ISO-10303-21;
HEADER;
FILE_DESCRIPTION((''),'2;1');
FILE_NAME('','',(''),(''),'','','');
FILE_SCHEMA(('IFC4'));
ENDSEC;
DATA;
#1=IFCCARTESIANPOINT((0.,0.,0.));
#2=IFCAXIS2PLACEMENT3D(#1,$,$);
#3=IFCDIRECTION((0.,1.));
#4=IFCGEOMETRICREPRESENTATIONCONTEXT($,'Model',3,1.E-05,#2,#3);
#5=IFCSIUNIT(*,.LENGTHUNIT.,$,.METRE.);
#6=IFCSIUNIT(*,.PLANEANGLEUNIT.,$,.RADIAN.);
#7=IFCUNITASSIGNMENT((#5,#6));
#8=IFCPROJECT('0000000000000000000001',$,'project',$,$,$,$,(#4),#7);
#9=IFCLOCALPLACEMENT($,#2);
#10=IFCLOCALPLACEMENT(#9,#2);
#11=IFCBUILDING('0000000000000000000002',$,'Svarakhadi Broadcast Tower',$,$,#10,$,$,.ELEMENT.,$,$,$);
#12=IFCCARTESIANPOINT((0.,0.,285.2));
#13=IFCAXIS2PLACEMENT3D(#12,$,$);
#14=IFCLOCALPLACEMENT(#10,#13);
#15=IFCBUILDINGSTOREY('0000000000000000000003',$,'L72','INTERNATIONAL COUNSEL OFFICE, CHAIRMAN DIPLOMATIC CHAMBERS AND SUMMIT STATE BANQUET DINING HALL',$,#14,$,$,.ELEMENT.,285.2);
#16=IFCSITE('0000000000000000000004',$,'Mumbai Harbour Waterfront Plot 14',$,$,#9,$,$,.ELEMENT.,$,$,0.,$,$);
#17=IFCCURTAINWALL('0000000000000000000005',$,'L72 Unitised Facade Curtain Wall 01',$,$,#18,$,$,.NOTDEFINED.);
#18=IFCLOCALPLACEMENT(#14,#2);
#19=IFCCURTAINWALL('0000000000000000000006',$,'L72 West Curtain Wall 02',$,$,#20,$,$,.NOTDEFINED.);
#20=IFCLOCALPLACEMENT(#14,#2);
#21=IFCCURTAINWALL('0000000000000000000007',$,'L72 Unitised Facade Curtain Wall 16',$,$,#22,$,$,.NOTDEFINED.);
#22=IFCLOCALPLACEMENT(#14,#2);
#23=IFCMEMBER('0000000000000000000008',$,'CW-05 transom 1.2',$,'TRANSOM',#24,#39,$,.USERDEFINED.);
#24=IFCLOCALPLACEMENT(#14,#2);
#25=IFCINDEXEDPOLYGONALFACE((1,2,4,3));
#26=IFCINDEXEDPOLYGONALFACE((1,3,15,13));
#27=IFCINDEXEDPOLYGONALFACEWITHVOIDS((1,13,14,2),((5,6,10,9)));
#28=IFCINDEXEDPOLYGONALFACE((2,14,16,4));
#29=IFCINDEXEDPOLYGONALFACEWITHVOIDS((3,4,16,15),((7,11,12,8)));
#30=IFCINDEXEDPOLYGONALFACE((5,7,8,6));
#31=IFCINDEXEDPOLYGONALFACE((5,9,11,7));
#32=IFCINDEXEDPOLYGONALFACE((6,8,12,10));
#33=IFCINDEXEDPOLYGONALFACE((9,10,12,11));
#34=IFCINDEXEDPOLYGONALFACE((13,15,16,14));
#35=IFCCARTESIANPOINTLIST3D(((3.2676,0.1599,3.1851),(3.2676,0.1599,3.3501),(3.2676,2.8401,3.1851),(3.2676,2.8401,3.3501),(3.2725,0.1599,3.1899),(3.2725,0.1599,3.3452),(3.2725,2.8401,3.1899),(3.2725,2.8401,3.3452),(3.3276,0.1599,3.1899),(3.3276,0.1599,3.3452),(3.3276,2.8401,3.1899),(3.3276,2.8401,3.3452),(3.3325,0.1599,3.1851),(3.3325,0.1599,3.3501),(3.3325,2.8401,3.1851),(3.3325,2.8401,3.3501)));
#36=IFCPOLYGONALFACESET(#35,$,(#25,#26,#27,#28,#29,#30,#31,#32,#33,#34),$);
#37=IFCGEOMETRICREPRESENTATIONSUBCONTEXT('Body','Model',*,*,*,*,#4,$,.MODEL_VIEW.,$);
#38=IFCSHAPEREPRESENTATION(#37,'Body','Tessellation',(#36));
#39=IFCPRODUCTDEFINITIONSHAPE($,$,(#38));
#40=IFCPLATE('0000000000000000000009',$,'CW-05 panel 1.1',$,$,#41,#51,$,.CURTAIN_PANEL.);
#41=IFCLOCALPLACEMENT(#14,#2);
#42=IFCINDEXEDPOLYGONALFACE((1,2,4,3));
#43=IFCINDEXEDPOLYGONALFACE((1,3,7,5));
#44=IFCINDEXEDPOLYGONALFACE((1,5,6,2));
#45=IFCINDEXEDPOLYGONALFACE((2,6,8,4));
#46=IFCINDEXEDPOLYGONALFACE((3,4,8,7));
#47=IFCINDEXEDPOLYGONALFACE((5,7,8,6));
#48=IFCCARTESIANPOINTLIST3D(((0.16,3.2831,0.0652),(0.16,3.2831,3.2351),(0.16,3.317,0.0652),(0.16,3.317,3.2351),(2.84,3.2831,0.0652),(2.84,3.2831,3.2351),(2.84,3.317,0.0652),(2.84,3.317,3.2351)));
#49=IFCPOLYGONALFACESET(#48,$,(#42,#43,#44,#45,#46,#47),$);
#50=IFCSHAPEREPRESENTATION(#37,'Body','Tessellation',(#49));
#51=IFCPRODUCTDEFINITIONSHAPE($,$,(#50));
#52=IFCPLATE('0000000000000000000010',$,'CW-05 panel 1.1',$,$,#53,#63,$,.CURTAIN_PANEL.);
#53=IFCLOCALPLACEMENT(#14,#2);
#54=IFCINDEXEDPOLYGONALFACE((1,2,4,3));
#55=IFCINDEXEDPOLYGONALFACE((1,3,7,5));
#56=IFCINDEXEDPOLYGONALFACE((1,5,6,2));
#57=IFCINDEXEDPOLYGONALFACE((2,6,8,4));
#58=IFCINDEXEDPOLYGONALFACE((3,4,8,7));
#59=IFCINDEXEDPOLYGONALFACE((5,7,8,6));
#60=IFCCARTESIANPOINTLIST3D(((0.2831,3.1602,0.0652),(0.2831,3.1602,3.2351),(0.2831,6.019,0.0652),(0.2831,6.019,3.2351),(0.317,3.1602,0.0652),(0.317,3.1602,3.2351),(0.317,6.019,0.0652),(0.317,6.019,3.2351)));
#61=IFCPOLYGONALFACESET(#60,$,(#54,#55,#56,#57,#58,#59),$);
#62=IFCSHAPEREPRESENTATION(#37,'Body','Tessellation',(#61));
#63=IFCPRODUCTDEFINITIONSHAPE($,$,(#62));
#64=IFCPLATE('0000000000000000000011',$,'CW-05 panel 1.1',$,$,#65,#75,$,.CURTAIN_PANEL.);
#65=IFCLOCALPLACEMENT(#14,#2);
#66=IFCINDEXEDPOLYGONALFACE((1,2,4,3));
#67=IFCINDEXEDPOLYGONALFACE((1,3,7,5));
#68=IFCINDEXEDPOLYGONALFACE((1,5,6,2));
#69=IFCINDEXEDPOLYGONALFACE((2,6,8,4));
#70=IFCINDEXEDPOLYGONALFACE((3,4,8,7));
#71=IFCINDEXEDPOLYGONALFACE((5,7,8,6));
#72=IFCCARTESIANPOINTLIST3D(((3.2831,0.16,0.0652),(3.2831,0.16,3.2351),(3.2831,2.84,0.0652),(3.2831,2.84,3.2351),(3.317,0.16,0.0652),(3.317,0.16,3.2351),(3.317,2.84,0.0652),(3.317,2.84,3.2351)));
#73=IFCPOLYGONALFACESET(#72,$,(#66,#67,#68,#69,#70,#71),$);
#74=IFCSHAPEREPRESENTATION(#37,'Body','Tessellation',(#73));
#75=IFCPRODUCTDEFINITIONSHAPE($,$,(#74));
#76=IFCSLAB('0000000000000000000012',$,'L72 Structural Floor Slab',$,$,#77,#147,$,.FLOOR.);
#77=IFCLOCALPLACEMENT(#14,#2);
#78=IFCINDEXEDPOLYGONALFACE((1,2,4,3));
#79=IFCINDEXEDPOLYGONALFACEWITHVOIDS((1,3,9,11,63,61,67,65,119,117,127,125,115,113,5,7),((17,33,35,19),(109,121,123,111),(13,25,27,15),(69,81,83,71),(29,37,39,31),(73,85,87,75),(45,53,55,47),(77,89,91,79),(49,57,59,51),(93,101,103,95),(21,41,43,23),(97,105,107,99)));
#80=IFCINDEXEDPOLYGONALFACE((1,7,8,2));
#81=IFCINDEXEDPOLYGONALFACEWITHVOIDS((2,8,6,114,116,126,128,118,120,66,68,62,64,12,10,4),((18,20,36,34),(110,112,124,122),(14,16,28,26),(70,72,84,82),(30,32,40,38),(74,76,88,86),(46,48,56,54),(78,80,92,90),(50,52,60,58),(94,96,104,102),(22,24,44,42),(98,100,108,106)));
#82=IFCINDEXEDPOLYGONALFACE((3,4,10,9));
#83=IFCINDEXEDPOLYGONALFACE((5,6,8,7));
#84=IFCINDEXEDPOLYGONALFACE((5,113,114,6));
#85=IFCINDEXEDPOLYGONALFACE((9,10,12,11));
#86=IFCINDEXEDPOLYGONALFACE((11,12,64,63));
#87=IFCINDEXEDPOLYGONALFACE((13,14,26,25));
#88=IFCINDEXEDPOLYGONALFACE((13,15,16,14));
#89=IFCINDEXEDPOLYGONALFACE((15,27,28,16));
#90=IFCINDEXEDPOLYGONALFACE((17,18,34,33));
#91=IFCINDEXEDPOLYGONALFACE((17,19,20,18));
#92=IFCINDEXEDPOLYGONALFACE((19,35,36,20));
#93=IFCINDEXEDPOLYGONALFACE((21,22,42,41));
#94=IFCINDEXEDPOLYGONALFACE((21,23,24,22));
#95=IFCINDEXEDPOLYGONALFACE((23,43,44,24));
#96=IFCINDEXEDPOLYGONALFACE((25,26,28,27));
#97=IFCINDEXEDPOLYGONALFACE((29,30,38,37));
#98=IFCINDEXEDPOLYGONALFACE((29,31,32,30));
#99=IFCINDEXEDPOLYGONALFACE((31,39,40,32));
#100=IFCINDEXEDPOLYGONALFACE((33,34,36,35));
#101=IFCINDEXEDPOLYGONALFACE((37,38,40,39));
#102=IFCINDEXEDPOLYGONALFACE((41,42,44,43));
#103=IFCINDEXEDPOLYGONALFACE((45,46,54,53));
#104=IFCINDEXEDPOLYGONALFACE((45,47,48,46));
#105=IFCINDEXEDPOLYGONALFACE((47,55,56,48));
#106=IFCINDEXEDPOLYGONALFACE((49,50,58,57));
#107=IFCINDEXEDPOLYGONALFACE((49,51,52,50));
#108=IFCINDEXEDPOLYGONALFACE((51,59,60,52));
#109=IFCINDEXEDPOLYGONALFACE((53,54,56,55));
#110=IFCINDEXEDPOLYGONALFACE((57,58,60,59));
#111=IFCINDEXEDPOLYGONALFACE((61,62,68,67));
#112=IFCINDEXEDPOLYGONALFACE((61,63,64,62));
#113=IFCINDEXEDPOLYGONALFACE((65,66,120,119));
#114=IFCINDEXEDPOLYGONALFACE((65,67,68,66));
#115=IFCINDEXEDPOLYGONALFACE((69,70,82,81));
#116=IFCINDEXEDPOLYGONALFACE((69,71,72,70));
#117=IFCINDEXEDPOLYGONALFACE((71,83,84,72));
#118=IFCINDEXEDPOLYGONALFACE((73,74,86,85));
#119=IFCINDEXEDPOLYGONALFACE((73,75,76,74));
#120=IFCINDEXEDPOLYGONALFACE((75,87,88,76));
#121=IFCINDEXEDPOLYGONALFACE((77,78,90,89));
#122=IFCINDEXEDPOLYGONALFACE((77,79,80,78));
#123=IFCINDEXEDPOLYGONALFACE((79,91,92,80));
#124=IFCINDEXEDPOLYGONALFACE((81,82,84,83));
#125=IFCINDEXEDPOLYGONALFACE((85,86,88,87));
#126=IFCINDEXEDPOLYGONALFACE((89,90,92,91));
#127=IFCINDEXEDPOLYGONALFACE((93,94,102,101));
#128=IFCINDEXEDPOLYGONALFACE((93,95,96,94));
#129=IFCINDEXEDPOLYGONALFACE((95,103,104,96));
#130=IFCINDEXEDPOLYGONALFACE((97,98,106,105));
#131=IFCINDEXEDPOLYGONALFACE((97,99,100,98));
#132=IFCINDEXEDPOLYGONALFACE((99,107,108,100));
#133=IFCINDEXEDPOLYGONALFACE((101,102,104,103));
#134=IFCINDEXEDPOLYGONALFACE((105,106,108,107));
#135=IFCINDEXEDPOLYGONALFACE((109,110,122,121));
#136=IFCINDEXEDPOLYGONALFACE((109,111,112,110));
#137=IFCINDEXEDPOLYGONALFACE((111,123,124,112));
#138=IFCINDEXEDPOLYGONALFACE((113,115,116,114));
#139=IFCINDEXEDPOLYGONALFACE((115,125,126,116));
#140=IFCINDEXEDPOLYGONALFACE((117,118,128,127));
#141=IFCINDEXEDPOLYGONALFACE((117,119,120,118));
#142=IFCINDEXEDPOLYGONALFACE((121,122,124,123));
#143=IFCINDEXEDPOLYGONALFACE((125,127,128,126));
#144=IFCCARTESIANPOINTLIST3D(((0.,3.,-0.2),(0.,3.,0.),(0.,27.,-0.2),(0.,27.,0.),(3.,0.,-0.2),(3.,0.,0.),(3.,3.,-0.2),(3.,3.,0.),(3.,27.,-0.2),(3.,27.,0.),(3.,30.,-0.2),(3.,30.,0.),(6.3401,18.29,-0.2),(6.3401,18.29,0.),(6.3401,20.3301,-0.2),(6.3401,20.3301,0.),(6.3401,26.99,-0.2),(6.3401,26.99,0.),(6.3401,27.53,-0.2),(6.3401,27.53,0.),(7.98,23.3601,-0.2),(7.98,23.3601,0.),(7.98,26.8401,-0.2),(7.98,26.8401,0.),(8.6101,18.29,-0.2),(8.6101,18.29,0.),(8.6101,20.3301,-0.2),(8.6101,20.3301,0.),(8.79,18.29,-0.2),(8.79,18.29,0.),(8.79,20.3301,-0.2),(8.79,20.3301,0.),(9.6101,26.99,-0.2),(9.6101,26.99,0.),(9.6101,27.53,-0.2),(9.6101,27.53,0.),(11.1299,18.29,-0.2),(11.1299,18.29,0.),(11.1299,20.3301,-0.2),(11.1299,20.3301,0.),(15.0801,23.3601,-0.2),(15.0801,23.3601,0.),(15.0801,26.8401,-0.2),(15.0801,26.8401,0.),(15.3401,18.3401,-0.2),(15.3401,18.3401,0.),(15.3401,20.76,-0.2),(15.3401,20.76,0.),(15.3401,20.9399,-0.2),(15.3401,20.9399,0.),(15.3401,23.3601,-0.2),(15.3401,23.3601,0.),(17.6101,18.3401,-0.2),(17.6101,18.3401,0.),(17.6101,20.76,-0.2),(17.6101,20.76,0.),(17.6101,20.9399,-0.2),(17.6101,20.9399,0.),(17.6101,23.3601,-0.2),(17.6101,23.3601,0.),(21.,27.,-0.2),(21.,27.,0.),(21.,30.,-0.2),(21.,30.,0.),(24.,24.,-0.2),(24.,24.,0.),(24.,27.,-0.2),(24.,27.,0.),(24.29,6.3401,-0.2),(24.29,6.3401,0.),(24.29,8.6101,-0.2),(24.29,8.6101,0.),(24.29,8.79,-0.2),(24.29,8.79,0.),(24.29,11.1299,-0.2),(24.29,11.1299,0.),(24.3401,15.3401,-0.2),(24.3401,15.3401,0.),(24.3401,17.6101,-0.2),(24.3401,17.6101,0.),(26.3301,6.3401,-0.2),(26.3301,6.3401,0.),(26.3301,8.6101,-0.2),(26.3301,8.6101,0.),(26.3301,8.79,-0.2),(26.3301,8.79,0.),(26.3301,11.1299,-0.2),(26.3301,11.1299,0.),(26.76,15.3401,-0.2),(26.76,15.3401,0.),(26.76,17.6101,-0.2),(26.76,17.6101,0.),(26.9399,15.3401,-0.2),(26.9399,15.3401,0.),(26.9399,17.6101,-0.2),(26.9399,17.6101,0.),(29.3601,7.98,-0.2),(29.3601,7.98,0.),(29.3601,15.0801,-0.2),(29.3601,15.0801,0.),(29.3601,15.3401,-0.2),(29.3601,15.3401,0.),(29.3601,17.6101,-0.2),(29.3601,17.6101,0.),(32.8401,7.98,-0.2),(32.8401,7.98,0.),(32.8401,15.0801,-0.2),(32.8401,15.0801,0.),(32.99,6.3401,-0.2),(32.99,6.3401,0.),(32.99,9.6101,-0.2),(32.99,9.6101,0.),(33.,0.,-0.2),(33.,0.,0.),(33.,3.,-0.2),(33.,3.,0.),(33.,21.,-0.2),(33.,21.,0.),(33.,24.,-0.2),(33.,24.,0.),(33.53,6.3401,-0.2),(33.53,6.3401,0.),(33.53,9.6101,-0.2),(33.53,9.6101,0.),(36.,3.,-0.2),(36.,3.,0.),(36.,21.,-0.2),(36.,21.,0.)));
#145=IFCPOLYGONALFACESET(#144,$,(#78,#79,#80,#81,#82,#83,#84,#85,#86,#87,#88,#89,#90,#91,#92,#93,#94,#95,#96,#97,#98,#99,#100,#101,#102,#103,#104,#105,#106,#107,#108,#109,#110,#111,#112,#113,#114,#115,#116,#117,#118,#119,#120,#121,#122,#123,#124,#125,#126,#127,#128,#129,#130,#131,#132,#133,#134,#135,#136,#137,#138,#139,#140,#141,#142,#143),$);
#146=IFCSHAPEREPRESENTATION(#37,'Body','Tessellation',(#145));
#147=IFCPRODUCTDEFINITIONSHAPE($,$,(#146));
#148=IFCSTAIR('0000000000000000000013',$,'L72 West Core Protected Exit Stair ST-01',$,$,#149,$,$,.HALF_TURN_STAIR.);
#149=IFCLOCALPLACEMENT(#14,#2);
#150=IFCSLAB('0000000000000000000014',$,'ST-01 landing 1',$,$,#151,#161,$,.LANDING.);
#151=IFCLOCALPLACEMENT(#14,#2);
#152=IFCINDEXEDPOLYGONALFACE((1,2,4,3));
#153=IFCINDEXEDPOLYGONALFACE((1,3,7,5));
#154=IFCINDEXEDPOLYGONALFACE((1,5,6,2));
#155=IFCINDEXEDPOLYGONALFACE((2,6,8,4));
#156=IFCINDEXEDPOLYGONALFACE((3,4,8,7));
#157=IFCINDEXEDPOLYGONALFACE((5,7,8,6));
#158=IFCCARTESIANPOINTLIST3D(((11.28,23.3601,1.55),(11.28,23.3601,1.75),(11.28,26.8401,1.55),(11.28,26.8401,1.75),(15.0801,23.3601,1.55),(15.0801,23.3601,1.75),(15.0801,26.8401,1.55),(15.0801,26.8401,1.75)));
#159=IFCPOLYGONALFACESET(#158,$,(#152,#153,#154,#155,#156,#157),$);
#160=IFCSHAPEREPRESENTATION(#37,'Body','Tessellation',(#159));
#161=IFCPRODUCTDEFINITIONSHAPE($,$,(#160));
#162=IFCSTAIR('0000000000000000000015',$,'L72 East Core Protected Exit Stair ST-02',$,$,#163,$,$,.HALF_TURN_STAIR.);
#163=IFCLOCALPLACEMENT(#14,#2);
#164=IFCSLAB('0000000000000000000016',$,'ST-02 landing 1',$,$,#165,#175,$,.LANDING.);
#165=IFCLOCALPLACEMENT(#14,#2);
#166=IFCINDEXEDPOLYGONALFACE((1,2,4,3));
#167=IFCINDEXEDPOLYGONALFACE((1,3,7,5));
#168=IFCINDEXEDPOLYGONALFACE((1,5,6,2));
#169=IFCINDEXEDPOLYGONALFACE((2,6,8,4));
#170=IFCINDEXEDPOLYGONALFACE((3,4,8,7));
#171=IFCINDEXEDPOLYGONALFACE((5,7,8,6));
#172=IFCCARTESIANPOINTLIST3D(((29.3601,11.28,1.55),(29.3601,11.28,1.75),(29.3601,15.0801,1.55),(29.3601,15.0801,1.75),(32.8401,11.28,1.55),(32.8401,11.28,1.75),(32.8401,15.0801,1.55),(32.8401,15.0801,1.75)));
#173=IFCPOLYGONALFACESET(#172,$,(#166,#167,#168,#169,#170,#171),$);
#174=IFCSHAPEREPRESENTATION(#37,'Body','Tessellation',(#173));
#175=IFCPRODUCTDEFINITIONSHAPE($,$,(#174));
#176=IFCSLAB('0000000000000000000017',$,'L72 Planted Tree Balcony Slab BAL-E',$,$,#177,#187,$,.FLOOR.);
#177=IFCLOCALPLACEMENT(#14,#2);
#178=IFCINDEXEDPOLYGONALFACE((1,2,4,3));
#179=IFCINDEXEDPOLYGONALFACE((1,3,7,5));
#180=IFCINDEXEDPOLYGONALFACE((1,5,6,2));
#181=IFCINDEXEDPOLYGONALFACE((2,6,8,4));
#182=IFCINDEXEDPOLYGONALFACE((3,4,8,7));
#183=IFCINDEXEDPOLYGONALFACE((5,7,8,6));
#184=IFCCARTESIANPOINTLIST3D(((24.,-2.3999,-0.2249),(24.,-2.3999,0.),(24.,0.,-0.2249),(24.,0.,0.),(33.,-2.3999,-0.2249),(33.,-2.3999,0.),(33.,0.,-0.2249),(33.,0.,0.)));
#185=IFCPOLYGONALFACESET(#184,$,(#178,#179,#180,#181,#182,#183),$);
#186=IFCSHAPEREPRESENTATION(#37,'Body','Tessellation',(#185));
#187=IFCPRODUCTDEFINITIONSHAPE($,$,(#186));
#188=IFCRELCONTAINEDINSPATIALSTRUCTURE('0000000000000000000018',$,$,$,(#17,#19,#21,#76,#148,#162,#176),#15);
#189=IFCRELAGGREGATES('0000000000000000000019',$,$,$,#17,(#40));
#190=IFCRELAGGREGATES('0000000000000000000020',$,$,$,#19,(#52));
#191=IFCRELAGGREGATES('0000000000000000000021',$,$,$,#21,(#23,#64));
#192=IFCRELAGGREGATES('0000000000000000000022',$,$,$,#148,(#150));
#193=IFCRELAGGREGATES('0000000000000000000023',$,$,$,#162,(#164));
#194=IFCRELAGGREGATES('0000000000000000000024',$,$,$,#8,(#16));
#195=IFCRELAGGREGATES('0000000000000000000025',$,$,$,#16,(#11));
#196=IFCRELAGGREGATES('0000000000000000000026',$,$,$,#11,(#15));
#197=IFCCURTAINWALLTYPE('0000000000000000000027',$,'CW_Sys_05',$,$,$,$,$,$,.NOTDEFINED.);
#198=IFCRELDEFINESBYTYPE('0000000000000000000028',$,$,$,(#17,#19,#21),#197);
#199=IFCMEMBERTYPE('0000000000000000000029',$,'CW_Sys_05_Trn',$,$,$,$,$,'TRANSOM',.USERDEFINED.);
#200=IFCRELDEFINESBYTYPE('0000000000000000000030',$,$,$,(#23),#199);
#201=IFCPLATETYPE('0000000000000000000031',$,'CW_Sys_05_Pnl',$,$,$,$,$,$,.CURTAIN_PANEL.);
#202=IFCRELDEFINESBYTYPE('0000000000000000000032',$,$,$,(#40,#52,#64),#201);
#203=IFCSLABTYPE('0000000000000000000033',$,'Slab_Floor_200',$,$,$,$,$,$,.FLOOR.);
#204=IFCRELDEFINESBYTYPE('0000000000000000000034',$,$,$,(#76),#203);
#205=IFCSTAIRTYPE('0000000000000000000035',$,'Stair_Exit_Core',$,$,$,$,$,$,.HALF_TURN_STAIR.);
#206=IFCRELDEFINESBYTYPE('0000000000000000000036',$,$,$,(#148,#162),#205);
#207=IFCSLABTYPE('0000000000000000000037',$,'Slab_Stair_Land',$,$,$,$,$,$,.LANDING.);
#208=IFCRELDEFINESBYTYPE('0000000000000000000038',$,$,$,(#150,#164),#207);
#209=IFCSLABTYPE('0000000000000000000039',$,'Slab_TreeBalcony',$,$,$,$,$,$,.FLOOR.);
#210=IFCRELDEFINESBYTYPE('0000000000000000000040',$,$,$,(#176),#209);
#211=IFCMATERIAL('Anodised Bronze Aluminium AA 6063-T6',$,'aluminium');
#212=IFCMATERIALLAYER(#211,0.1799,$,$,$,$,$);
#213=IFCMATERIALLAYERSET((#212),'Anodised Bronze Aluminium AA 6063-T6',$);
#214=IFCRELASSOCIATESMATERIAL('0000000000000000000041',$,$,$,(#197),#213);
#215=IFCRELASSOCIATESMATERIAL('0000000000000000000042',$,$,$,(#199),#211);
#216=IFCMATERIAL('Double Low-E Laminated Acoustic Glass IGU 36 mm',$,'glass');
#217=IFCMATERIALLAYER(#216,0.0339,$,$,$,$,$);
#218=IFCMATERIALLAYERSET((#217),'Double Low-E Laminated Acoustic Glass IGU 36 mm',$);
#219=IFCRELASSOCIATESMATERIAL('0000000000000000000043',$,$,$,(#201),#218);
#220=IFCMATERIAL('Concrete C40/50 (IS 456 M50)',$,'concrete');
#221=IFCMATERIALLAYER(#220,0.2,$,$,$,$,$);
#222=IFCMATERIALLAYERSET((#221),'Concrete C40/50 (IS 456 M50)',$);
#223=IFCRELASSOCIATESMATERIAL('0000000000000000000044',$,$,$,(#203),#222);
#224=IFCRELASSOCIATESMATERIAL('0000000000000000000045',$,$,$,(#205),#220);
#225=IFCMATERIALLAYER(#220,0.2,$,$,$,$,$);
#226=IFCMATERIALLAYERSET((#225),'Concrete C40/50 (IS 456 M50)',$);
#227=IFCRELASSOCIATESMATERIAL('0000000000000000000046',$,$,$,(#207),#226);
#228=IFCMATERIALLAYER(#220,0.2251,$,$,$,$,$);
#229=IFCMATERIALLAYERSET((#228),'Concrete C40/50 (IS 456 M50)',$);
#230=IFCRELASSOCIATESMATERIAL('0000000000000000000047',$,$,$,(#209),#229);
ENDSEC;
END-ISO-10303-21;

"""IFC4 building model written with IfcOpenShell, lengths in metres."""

from ifc_helpers import new_model, si_unit, direction, frame, origin, origin_2d, place, context, subcontext, project, spatial, polyline, rectangle, hollow_rectangle, outline, extrude, material, layer, layer_set, material_profile, profile_set, type_object, element, aggregate, save


model = new_model("IFC4")

# Units and contexts
model_context = context("Model", 3, precision=1e-05, world=origin(), true_north=direction((0.0, 1.0)))
body_context = subcontext(model_context, "Body", "Model", "MODEL_VIEW")
ifc_project = project(units=[si_unit("LENGTHUNIT", "METRE"), si_unit("PLANEANGLEUNIT", "RADIAN")], contexts=[model_context])

# Site, building, storey
site_placement = place(None, origin())
site = spatial("IfcSite", under=ifc_project, at=site_placement, Name="Mumbai Harbour Waterfront Plot 14", CompositionType="ELEMENT", RefElevation=0.0)
building_placement = place(site_placement, origin())
building = spatial("IfcBuilding", under=site, at=building_placement, Name="Svarakhadi Broadcast Tower", CompositionType="ELEMENT")
storey_placement = place(building_placement, frame((0.0, 0.0, 285.2)))
storey = spatial("IfcBuildingStorey", under=building, at=storey_placement, Name="L72", Description="INTERNATIONAL COUNSEL OFFICE, CHAIRMAN DIPLOMATIC CHAMBERS AND SUMMIT STATE BANQUET DINING HALL", CompositionType="ELEMENT", Elevation=285.2)

# Curtain wall
ifc_material_1 = material(Name="Anodised Bronze Aluminium AA 6063-T6", Category="aluminium")
ifc_layer_1 = layer(ifc_material_1, 0.1799)
ifc_layer_set_1 = layer_set([ifc_layer_1], Name="Anodised Bronze Aluminium AA 6063-T6")
curtain_wall_type = type_object("IfcCurtainWallType", Name="CW_Sys_05", PredefinedType="NOTDEFINED", material=ifc_layer_set_1)
curtain_wall_1_placement = place(storey_placement, origin())
curtain_wall_1 = element("IfcCurtainWall", 1, at=curtain_wall_1_placement, inside=storey, type_object=curtain_wall_type, Name="L72 Unitised Facade Curtain Wall 01", PredefinedType="NOTDEFINED")

# Curtain wall
curtain_wall_2_placement = place(storey_placement, origin())
curtain_wall_2 = element("IfcCurtainWall", 2, at=curtain_wall_2_placement, inside=storey, type_object=curtain_wall_type, Name="L72 West Curtain Wall 02", PredefinedType="NOTDEFINED")

# Curtain wall
curtain_wall_3_placement = place(storey_placement, origin())
curtain_wall_3 = element("IfcCurtainWall", 3, at=curtain_wall_3_placement, inside=storey, type_object=curtain_wall_type, Name="L72 Unitised Facade Curtain Wall 16", PredefinedType="NOTDEFINED")

# Member
ifc_material_profile_1 = material_profile(ifc_material_1, hollow_rectangle(XDim=0.0649, YDim=0.165, WallThickness=0.0049, at=origin_2d()), Name="ALU TRANSOM 165x65x5")
ifc_profile_set_1 = profile_set([ifc_material_profile_1], Name="Anodised Bronze Aluminium AA 6063-T6")
member_type_1 = type_object("IfcMemberType", Name="CW_Sys_05_Trn", ElementType="TRANSOM", PredefinedType="USERDEFINED", material=ifc_profile_set_1)
member_1_placement = place(storey_placement, frame((3.3, 0.1599, 3.2676), z_axis=(0.0, 1.0, 0.0), x_axis=(-1.0, 0.0, 0.0)))
member_1 = element("IfcMember", 4, at=member_1_placement, type_object=member_type_1, Name="CW-05 transom 1.2", ObjectType="TRANSOM", PredefinedType="USERDEFINED", context=body_context, shape_type="SweptSolid", body=[
    extrude(hollow_rectangle(XDim=0.0649, YDim=0.165, WallThickness=0.0049, at=origin_2d()), origin(), (0.0, 0.0, 1.0), 2.6802),
])

# Plates
ifc_material_2 = material(Name="Double Low-E Laminated Acoustic Glass IGU 36 mm", Category="glass")
ifc_layer_2 = layer(ifc_material_2, 0.0339)
ifc_layer_set_2 = layer_set([ifc_layer_2], Name="Double Low-E Laminated Acoustic Glass IGU 36 mm")
plate_type = type_object("IfcPlateType", Name="CW_Sys_05_Pnl", PredefinedType="CURTAIN_PANEL", material=ifc_layer_set_2)
plate_1_placement = place(storey_placement, frame((1.5, 3.3, 0.0652), z_axis=(0.0, 0.0, 1.0), x_axis=(-1.0, 0.0, 0.0)))
plate_1 = element("IfcPlate", 5, at=plate_1_placement, type_object=plate_type, Name="CW-05 panel 1.1", PredefinedType="CURTAIN_PANEL", context=body_context, shape_type="SweptSolid", body=[
    extrude(rectangle(XDim=2.6799, YDim=0.0339, at=origin_2d()), origin(), (0.0, 0.0, 1.0), 3.1699),
])
aggregate(curtain_wall_1, [plate_1])
plate_2_placement = place(storey_placement, frame((0.3, 4.5896, 0.0652), z_axis=(0.0, 0.0, 1.0), x_axis=(0.0, 1.0, 0.0)))
plate_2 = element("IfcPlate", 6, at=plate_2_placement, type_object=plate_type, Name="CW-05 panel 1.1", PredefinedType="CURTAIN_PANEL", context=body_context, shape_type="SweptSolid", body=[
    extrude(rectangle(XDim=2.8589, YDim=0.0339, at=origin_2d()), origin(), (0.0, 0.0, 1.0), 3.1699),
])
aggregate(curtain_wall_2, [plate_2])
plate_3_placement = place(storey_placement, frame((3.3, 1.5, 0.0652), z_axis=(0.0, 0.0, 1.0), x_axis=(0.0, 1.0, 0.0)))
plate_3 = element("IfcPlate", 7, at=plate_3_placement, type_object=plate_type, Name="CW-05 panel 1.1", PredefinedType="CURTAIN_PANEL", context=body_context, shape_type="SweptSolid", body=[
    extrude(rectangle(XDim=2.6799, YDim=0.0339, at=origin_2d()), origin(), (0.0, 0.0, 1.0), 3.1699),
])
aggregate(curtain_wall_3, [member_1, plate_3])

# Slab
ifc_material_3 = material(Name="Concrete C40/50 (IS 456 M50)", Category="concrete")
ifc_layer_3 = layer(ifc_material_3, 0.2)
ifc_layer_set_3 = layer_set([ifc_layer_3], Name="Concrete C40/50 (IS 456 M50)")
slab_type_1 = type_object("IfcSlabType", Name="Slab_Floor_200", PredefinedType="FLOOR", material=ifc_layer_set_3)
slab_1_placement = place(storey_placement, frame((0.0, 0.0, -0.2)))
element("IfcSlab", 8, at=slab_1_placement, inside=storey, type_object=slab_type_1, Name="L72 Structural Floor Slab", PredefinedType="FLOOR", context=body_context, shape_type="SweptSolid", body=[
    extrude(outline(polyline([(3.0, 0.0), (33.0, 0.0), (33.0, 3.0), (36.0, 3.0), (36.0, 21.0), (33.0, 21.0), (33.0, 24.0), (24.0, 24.0), (24.0, 27.0), (21.0, 27.0), (21.0, 30.0), (3.0, 30.0), (3.0, 27.0), (0.0, 27.0), (0.0, 3.0), (3.0, 3.0), (3.0, 0.0)]), holes=[polyline([(7.98, 23.3601), (15.0801, 23.3601), (15.0801, 26.8401), (7.98, 26.8401), (7.98, 23.3601)]), polyline([(32.8401, 7.98), (32.8401, 15.0801), (29.3601, 15.0801), (29.3601, 7.98), (32.8401, 7.98)]), polyline([(6.3401, 18.29), (8.6101, 18.29), (8.6101, 20.3301), (6.3401, 20.3301), (6.3401, 18.29)]), polyline([(8.79, 18.29), (11.1299, 18.29), (11.1299, 20.3301), (8.79, 20.3301), (8.79, 18.29)]), polyline([(24.29, 6.3401), (26.3301, 6.3401), (26.3301, 8.6101), (24.29, 8.6101), (24.29, 6.3401)]), polyline([(24.29, 8.79), (26.3301, 8.79), (26.3301, 11.1299), (24.29, 11.1299), (24.29, 8.79)]), polyline([(6.3401, 26.99), (9.6101, 26.99), (9.6101, 27.53), (6.3401, 27.53), (6.3401, 26.99)]), polyline([(32.99, 6.3401), (33.53, 6.3401), (33.53, 9.6101), (32.99, 9.6101), (32.99, 6.3401)]), polyline([(15.3401, 18.3401), (17.6101, 18.3401), (17.6101, 20.76), (15.3401, 20.76), (15.3401, 18.3401)]), polyline([(15.3401, 20.9399), (17.6101, 20.9399), (17.6101, 23.3601), (15.3401, 23.3601), (15.3401, 20.9399)]), polyline([(24.3401, 15.3401), (26.76, 15.3401), (26.76, 17.6101), (24.3401, 17.6101), (24.3401, 15.3401)]), polyline([(26.9399, 15.3401), (29.3601, 15.3401), (29.3601, 17.6101), (26.9399, 17.6101), (26.9399, 15.3401)])]), origin(), (0.0, 0.0, 1.0), 0.2),
])

# Stairs, slabs
stair_type = type_object("IfcStairType", Name="Stair_Exit_Core", PredefinedType="HALF_TURN_STAIR", material=ifc_material_3)
stair_1_placement = place(storey_placement, origin())
stair_1 = element("IfcStair", 9, at=stair_1_placement, inside=storey, type_object=stair_type, Name="L72 West Core Protected Exit Stair ST-01", PredefinedType="HALF_TURN_STAIR")
ifc_layer_4 = layer(ifc_material_3, 0.2)
ifc_layer_set_4 = layer_set([ifc_layer_4], Name="Concrete C40/50 (IS 456 M50)")
slab_type_2 = type_object("IfcSlabType", Name="Slab_Stair_Land", PredefinedType="LANDING", material=ifc_layer_set_4)
slab_2_placement = place(storey_placement, frame((0.0, 0.0, 1.55)))
slab_2 = element("IfcSlab", 10, at=slab_2_placement, type_object=slab_type_2, Name="ST-01 landing 1", PredefinedType="LANDING", context=body_context, shape_type="SweptSolid", body=[
    extrude(outline(polyline([(11.28, 23.3601), (15.0801, 23.3601), (15.0801, 26.8401), (11.28, 26.8401), (11.28, 23.3601)])), origin(), (0.0, 0.0, 1.0), 0.2),
])
aggregate(stair_1, [slab_2])
stair_2_placement = place(storey_placement, origin())
stair_2 = element("IfcStair", 11, at=stair_2_placement, inside=storey, type_object=stair_type, Name="L72 East Core Protected Exit Stair ST-02", PredefinedType="HALF_TURN_STAIR")
slab_3_placement = place(storey_placement, frame((0.0, 0.0, 1.55)))
slab_3 = element("IfcSlab", 12, at=slab_3_placement, type_object=slab_type_2, Name="ST-02 landing 1", PredefinedType="LANDING", context=body_context, shape_type="SweptSolid", body=[
    extrude(outline(polyline([(32.8401, 11.28), (32.8401, 15.0801), (29.3601, 15.0801), (29.3601, 11.28), (32.8401, 11.28)])), origin(), (0.0, 0.0, 1.0), 0.2),
])
aggregate(stair_2, [slab_3])

# Slab
ifc_layer_5 = layer(ifc_material_3, 0.2251)
ifc_layer_set_5 = layer_set([ifc_layer_5], Name="Concrete C40/50 (IS 456 M50)")
slab_type_3 = type_object("IfcSlabType", Name="Slab_TreeBalcony", PredefinedType="FLOOR", material=ifc_layer_set_5)
slab_4_placement = place(storey_placement, frame((0.0, 0.0, -0.2249)))
element("IfcSlab", 13, at=slab_4_placement, inside=storey, type_object=slab_type_3, Name="L72 Planted Tree Balcony Slab BAL-E", PredefinedType="FLOOR", context=body_context, shape_type="SweptSolid", body=[
    extrude(outline(polyline([(24.0, -2.3999), (33.0, -2.3999), (33.0, 0.0), (24.0, 0.0), (24.0, -2.3999)])), origin(), (0.0, 0.0, 1.0), 0.2249),
])

save(model, "model.ifc")
